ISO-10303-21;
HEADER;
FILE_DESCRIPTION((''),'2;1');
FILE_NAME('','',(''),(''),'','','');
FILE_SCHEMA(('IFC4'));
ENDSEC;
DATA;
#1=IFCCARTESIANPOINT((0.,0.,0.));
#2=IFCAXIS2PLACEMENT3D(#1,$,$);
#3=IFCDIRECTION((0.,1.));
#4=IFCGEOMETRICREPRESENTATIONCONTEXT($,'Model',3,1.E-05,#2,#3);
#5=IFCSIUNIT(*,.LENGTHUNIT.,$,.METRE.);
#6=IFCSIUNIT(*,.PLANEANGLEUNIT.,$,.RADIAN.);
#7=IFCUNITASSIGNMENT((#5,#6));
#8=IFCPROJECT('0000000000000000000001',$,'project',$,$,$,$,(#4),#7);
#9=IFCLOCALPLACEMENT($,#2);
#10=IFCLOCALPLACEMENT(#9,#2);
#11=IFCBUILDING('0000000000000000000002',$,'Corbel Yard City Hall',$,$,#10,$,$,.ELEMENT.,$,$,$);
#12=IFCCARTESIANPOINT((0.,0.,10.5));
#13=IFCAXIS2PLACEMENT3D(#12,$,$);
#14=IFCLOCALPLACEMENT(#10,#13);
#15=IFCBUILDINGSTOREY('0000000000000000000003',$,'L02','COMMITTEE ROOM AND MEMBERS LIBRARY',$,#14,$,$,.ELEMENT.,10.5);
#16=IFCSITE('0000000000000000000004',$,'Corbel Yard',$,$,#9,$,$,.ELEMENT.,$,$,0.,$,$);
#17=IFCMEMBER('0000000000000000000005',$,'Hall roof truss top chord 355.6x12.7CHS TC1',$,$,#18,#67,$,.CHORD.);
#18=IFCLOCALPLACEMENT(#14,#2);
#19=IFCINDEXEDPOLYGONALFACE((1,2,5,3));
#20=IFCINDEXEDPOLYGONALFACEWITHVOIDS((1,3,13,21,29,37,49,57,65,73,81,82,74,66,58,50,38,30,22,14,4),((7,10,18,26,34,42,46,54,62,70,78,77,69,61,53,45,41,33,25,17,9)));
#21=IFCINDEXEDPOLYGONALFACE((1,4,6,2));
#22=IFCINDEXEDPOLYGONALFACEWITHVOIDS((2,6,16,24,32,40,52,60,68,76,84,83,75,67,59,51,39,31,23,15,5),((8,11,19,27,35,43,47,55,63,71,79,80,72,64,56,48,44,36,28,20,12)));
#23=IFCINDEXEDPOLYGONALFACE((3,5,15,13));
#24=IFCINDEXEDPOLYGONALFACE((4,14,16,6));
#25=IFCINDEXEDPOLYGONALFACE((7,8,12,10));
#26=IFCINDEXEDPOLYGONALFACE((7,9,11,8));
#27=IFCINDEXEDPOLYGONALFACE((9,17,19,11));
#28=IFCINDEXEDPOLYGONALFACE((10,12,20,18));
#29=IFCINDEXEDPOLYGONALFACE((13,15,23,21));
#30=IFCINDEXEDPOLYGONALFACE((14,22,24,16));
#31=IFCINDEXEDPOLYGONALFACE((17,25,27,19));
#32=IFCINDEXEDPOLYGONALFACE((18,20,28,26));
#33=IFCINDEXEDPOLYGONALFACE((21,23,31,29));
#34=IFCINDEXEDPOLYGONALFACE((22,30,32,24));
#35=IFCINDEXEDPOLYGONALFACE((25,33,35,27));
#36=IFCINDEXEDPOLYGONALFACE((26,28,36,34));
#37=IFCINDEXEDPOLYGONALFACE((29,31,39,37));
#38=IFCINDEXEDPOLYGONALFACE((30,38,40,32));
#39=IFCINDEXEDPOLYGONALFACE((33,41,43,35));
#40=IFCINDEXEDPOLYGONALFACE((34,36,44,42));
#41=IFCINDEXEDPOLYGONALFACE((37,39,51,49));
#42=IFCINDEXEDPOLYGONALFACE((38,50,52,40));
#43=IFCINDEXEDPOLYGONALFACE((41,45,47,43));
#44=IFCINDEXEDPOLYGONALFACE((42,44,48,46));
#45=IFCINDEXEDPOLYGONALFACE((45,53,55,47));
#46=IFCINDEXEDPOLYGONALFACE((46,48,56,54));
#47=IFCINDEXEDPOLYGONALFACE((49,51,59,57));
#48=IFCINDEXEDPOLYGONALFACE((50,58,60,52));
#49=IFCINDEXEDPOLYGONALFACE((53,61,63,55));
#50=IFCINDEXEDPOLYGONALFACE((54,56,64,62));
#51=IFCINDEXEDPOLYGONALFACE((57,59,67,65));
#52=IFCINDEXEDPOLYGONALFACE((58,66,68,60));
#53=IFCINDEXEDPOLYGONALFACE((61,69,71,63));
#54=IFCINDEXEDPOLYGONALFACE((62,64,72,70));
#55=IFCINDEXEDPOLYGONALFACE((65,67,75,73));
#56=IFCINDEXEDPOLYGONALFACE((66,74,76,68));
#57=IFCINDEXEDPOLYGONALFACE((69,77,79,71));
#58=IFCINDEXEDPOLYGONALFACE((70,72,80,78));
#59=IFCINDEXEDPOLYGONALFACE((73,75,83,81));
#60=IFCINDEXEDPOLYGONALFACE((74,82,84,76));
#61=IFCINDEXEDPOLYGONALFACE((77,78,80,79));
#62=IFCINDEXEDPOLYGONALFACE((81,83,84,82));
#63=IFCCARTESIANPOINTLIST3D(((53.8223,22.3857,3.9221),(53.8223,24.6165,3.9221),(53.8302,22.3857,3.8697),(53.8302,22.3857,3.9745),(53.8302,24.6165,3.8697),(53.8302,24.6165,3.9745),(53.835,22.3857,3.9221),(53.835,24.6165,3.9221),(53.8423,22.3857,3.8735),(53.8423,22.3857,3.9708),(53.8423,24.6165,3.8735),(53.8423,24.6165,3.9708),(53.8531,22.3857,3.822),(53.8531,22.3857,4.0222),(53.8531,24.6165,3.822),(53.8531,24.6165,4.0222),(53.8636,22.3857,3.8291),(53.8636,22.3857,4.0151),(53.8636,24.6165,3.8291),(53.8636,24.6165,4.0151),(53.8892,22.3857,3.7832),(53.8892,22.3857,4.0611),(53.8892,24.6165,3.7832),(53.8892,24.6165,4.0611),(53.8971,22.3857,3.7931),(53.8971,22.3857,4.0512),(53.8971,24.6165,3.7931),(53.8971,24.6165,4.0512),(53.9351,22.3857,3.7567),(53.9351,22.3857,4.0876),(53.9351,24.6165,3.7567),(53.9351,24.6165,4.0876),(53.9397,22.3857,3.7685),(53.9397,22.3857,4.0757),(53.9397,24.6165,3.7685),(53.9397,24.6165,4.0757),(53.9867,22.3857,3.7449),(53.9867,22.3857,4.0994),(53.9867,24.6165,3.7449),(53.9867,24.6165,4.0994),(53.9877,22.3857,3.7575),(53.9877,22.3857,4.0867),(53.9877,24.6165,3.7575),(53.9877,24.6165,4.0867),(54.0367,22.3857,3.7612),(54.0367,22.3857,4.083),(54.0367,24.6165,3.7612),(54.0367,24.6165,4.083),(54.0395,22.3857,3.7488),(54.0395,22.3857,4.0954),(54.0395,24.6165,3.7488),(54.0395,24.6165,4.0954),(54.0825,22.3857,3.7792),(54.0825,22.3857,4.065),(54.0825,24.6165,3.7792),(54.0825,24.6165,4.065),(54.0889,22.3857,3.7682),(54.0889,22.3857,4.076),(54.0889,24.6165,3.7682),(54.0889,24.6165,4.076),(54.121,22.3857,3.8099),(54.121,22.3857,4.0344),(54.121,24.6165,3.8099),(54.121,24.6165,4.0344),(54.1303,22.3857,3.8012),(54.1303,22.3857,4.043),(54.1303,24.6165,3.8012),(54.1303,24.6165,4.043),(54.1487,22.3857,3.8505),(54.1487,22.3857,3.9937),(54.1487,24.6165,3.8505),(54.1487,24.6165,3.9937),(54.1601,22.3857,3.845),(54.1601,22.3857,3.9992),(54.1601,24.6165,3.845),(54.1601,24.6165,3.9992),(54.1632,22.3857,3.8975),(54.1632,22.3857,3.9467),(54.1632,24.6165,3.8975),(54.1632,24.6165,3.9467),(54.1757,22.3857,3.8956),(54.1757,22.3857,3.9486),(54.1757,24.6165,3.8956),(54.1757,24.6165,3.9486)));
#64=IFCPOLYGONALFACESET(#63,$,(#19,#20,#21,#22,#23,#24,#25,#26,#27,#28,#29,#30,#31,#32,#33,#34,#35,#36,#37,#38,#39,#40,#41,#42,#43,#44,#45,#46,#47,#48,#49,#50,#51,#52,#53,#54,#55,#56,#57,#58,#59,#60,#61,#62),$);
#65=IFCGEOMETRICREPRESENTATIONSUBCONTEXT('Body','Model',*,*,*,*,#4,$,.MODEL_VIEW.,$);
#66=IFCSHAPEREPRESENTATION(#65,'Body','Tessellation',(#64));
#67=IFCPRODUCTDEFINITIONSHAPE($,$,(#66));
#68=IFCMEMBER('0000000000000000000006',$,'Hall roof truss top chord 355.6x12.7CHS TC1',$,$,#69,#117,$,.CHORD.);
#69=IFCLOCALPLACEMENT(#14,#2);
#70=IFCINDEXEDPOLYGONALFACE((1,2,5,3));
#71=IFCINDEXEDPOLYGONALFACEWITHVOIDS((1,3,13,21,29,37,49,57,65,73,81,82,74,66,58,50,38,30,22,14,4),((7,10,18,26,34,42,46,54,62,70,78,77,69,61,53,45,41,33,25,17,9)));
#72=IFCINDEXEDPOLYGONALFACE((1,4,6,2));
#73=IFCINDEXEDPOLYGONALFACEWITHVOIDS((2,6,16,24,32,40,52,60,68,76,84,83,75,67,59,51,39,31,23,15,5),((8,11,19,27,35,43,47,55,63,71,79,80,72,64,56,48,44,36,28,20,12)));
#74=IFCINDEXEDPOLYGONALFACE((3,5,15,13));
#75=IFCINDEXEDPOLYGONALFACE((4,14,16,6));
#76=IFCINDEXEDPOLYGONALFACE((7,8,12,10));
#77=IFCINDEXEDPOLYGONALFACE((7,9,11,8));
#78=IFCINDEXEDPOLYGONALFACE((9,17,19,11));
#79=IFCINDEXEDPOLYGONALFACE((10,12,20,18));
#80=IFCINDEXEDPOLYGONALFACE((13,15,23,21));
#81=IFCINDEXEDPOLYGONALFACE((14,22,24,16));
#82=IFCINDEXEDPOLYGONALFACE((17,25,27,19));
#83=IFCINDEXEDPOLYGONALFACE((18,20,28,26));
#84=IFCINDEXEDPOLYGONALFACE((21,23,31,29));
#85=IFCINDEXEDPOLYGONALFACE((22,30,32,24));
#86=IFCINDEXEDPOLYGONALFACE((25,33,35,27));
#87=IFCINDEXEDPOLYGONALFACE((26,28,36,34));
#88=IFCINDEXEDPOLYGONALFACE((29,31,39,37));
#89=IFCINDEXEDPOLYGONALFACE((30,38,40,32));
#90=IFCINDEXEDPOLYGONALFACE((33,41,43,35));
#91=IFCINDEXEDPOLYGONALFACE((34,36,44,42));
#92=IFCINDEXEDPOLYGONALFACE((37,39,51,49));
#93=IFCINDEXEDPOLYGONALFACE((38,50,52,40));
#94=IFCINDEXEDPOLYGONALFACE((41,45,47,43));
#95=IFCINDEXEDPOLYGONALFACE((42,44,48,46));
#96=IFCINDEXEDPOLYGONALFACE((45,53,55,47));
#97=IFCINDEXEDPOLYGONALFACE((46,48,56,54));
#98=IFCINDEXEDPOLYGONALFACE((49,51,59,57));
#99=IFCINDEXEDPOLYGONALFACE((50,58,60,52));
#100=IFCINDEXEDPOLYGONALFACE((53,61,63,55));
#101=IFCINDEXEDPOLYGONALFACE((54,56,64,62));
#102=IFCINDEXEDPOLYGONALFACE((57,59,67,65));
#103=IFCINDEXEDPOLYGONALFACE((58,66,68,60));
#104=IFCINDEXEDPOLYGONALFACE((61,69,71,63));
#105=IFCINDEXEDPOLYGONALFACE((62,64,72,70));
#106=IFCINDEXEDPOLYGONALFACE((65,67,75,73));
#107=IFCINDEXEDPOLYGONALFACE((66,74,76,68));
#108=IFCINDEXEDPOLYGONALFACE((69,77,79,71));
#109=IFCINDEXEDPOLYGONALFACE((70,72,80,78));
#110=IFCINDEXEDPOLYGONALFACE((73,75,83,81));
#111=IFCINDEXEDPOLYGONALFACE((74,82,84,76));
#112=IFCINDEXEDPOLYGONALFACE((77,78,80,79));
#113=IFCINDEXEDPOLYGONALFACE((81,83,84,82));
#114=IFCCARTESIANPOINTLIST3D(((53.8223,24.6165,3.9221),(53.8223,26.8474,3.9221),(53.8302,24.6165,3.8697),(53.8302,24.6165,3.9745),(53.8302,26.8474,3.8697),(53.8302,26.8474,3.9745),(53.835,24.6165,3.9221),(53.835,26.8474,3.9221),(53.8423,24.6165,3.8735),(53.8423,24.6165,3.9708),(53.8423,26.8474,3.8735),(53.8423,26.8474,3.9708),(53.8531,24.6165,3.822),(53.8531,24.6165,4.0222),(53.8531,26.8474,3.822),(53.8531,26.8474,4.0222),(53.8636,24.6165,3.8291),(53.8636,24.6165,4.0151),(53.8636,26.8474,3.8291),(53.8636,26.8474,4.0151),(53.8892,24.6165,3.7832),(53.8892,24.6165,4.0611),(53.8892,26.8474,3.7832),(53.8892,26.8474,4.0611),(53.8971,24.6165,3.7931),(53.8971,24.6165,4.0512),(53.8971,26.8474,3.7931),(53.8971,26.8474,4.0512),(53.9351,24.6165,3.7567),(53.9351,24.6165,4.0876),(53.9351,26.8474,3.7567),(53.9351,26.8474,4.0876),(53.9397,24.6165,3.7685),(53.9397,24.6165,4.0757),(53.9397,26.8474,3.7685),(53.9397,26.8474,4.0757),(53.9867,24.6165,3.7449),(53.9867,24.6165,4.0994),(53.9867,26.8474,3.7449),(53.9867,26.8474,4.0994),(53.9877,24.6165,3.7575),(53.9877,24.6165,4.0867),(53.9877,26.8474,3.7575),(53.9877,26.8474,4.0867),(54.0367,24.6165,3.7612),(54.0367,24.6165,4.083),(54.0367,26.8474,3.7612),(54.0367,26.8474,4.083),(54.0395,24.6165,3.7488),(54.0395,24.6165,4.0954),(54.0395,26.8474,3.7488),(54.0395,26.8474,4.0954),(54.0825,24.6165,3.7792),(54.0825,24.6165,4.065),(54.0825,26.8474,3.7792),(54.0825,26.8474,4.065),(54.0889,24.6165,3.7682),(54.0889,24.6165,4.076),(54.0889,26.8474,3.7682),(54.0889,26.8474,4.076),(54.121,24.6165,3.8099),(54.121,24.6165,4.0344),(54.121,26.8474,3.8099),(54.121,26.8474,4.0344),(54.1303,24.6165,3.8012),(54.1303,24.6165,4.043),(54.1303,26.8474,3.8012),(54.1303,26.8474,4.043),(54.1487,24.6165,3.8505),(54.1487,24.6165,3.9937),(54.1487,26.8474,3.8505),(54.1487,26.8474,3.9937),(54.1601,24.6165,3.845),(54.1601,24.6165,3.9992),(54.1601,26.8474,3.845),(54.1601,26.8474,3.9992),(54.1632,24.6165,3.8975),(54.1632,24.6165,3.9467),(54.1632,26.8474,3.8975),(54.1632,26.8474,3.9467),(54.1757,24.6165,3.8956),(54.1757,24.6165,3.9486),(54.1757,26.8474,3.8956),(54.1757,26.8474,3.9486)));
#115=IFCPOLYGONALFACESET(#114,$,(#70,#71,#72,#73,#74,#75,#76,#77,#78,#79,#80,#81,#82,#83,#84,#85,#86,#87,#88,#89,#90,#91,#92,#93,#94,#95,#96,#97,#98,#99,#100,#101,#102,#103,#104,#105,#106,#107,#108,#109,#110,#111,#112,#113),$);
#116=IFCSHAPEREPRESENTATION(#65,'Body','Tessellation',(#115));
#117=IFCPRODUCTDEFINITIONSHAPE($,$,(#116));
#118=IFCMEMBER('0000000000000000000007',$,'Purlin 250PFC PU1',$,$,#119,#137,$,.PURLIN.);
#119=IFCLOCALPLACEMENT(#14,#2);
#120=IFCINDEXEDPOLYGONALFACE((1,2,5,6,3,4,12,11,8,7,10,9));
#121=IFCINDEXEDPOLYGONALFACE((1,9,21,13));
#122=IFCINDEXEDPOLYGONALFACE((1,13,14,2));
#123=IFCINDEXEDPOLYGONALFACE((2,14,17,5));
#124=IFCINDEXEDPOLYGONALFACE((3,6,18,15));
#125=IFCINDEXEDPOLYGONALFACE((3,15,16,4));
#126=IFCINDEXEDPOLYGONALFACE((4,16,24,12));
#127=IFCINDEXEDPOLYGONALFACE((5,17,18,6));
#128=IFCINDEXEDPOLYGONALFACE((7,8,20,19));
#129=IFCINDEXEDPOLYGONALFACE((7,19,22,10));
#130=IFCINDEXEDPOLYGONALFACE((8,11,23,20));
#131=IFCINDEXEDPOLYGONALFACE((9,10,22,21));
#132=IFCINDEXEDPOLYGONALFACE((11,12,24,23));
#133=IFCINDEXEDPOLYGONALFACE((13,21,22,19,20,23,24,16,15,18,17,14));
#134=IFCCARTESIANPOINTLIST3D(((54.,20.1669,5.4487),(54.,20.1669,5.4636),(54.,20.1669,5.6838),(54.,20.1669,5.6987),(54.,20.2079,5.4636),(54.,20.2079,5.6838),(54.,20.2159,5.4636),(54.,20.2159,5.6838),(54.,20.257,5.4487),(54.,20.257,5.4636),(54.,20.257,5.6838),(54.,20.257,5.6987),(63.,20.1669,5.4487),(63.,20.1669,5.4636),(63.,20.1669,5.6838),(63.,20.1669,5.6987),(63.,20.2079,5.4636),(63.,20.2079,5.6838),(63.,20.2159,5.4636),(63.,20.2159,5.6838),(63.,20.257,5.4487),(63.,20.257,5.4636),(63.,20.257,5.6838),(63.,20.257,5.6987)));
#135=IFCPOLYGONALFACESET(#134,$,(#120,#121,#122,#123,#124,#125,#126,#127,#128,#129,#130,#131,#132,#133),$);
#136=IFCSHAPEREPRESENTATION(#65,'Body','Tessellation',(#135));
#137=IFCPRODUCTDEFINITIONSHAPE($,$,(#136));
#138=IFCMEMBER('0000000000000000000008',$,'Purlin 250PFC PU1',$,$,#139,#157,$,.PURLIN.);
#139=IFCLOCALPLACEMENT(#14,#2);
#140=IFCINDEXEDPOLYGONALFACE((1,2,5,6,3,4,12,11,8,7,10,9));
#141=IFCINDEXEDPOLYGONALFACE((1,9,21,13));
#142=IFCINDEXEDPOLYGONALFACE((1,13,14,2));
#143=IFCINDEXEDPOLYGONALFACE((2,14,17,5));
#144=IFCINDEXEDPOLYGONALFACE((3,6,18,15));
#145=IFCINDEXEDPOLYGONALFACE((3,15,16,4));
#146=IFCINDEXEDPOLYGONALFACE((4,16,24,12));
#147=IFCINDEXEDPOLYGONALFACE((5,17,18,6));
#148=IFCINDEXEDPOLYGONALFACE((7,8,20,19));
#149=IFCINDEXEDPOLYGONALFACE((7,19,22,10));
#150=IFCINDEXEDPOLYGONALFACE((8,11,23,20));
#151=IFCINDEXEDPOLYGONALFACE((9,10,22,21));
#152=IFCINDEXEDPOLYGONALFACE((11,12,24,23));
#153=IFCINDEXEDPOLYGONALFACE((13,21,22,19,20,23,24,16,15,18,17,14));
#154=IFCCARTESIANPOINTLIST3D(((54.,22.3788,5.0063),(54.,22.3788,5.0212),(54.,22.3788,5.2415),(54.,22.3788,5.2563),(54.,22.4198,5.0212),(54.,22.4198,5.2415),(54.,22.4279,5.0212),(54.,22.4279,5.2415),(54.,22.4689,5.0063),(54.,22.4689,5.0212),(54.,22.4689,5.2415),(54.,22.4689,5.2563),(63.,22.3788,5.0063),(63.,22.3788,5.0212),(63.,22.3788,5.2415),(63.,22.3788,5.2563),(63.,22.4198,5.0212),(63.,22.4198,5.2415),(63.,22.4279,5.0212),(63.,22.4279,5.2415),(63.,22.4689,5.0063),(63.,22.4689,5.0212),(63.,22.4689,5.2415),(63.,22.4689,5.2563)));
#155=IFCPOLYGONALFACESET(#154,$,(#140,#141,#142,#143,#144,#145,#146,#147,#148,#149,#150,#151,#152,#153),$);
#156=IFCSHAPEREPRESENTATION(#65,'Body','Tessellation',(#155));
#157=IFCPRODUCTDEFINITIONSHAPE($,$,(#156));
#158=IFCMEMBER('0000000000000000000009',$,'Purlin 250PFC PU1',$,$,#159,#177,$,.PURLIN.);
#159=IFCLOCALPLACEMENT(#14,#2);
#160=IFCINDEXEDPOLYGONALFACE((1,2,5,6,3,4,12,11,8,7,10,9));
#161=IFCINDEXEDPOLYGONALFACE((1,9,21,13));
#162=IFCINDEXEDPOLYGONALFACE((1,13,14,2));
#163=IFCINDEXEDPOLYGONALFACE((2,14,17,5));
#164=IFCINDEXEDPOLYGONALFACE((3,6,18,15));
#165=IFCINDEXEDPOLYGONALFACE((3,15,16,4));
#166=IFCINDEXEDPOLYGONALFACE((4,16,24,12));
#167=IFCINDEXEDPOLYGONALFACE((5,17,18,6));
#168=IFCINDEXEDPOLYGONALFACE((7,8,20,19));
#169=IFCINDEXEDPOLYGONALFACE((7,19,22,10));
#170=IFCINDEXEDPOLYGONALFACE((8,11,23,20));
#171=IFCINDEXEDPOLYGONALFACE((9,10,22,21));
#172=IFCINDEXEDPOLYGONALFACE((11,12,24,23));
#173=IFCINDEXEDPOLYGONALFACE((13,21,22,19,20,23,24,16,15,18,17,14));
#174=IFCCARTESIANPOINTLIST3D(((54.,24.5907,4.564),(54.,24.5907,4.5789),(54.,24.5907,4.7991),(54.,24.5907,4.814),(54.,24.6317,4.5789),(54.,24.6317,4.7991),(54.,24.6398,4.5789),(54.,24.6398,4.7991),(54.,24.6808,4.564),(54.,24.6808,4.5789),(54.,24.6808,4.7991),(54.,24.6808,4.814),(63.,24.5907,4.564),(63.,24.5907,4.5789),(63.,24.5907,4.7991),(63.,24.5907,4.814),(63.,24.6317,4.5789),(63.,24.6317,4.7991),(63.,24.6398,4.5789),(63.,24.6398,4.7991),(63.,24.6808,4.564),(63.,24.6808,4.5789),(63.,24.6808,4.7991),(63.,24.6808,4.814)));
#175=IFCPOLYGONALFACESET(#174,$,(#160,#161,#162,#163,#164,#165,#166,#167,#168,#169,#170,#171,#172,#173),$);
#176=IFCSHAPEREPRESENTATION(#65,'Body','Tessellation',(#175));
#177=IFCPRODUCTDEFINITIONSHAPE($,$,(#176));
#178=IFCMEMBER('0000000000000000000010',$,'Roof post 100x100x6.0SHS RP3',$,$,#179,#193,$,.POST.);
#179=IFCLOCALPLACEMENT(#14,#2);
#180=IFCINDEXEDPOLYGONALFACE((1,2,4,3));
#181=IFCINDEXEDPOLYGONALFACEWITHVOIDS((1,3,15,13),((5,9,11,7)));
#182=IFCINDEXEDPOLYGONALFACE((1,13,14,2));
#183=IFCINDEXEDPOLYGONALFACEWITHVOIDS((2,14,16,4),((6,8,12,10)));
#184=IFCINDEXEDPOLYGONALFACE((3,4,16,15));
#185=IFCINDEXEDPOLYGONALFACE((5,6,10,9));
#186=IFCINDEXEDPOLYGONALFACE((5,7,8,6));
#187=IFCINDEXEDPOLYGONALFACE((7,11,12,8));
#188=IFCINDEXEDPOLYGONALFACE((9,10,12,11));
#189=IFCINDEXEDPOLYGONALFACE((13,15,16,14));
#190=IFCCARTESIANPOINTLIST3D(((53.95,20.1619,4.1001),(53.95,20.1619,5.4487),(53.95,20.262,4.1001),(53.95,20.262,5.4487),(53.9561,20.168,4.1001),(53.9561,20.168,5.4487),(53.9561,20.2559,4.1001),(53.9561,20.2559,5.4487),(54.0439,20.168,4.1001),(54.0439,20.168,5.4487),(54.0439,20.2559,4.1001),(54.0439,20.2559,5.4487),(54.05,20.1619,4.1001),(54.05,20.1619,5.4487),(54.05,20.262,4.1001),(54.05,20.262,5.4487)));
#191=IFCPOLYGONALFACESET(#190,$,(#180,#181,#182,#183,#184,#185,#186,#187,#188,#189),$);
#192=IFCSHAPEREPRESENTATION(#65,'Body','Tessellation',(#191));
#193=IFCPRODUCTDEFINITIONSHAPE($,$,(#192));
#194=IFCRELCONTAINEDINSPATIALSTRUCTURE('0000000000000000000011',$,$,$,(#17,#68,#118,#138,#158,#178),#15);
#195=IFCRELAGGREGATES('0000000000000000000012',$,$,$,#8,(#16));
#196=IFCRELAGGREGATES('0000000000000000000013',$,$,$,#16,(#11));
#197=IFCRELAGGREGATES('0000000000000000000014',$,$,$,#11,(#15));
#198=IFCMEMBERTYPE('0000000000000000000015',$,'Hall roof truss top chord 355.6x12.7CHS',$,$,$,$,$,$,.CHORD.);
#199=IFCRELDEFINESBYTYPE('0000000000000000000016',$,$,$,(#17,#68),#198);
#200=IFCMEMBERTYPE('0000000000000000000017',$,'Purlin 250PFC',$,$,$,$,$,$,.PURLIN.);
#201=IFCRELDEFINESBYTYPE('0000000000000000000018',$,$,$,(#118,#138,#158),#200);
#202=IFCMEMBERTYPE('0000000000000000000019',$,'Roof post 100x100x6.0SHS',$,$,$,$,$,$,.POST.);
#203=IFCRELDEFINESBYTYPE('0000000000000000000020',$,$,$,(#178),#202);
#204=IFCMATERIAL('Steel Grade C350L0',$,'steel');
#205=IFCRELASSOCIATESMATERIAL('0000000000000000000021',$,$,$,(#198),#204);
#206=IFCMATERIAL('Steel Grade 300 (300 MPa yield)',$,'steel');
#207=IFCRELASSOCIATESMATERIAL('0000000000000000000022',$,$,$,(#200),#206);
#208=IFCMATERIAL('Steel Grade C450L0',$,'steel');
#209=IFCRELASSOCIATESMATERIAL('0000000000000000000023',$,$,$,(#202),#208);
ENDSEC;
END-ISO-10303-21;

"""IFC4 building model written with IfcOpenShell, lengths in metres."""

from ifc_helpers import new_model, si_unit, direction, frame, origin, origin_2d, place, context, subcontext, project, spatial, hollow_rectangle, hollow_circle, i_section, extrude, material, material_profile, profile_set, type_object, element, save


model = new_model("IFC4")

# Units and contexts
model_context = context("Model", 3, precision=1e-05, world=origin(), true_north=direction((0.0, 1.0)))
body_context = subcontext(model_context, "Body", "Model", "MODEL_VIEW")
ifc_project = project(units=[si_unit("LENGTHUNIT", "METRE"), si_unit("PLANEANGLEUNIT", "RADIAN")], contexts=[model_context])

# Site, building, storey
site_placement = place(None, origin())
site = spatial("IfcSite", under=ifc_project, at=site_placement, Name="Corbel Yard", CompositionType="ELEMENT", RefElevation=0.0)
building_placement = place(site_placement, origin())
building = spatial("IfcBuilding", under=site, at=building_placement, Name="Corbel Yard City Hall", CompositionType="ELEMENT")
storey_placement = place(building_placement, frame((0.0, 0.0, 10.5)))
storey = spatial("IfcBuildingStorey", under=building, at=storey_placement, Name="L02", Description="COMMITTEE ROOM AND MEMBERS LIBRARY", CompositionType="ELEMENT", Elevation=10.5)

# Members
ifc_material_1 = material(Name="Steel Grade C350L0", Category="steel")
ifc_material_profile_1 = material_profile(ifc_material_1, hollow_circle(Radius=0.1777, WallThickness=0.0127, at=origin_2d()), Name="355.6x12.7CHS")
ifc_profile_set_1 = profile_set([ifc_material_profile_1], Name="Steel Grade C350L0")
member_type_1 = type_object("IfcMemberType", Name="Hall roof truss top chord 355.6x12.7CHS", PredefinedType="CHORD", material=ifc_profile_set_1)
member_1_placement = place(storey_placement, frame((54.0, 22.3857, 3.9221), z_axis=(0.0, 1.0, 0.0), x_axis=(-1.0, 0.0, 0.0)))
element("IfcMember", 1, at=member_1_placement, inside=storey, type_object=member_type_1, Name="Hall roof truss top chord 355.6x12.7CHS TC1", PredefinedType="CHORD", context=body_context, shape_type="SweptSolid", body=[
    extrude(hollow_circle(Radius=0.1777, WallThickness=0.0127, at=origin_2d()), origin(), (0.0, 0.0, 1.0), 2.2307),
])
member_2_placement = place(storey_placement, frame((54.0, 24.6165, 3.9221), z_axis=(0.0, 1.0, 0.0), x_axis=(-1.0, 0.0, 0.0)))
element("IfcMember", 2, at=member_2_placement, inside=storey, type_object=member_type_1, Name="Hall roof truss top chord 355.6x12.7CHS TC1", PredefinedType="CHORD", context=body_context, shape_type="SweptSolid", body=[
    extrude(hollow_circle(Radius=0.1777, WallThickness=0.0127, at=origin_2d()), origin(), (0.0, 0.0, 1.0), 2.231),
])
ifc_material_2 = material(Name="Steel Grade 300 (300 MPa yield)", Category="steel")
ifc_material_profile_2 = material_profile(ifc_material_2, i_section(OverallWidth=0.0901, OverallDepth=0.25, WebThickness=0.0081, FlangeThickness=0.0149, at=origin_2d()), Name="250PFC")
ifc_profile_set_2 = profile_set([ifc_material_profile_2], Name="Steel Grade 300 (300 MPa yield)")
member_type_2 = type_object("IfcMemberType", Name="Purlin 250PFC", PredefinedType="PURLIN", material=ifc_profile_set_2)
for number, where, z_axis, x_axis, name in (
    (3, (54.0, 20.2119, 5.5737), (1.0, 0.0, 0.0), (0.0, 1.0, 0.0), "Purlin 250PFC PU1"),
    (4, (54.0, 22.4238, 5.1313), (1.0, 0.0, 0.0), (0.0, 1.0, 0.0), "Purlin 250PFC PU1"),
    (5, (54.0, 24.6357, 4.689), (1.0, 0.0, 0.0), (0.0, 1.0, 0.0), "Purlin 250PFC PU1"),
):
    element("IfcMember", number, at=place(storey_placement, frame(where, z_axis=z_axis, x_axis=x_axis)), inside=storey, type_object=member_type_2, Name=name, PredefinedType="PURLIN", context=body_context, shape_type="SweptSolid", body=[
        extrude(i_section(OverallWidth=0.0901, OverallDepth=0.25, WebThickness=0.0081, FlangeThickness=0.0149, at=origin_2d()), origin(), (0.0, 0.0, 1.0), 9.0),
    ])
ifc_material_3 = material(Name="Steel Grade C450L0", Category="steel")
ifc_material_profile_3 = material_profile(ifc_material_3, hollow_rectangle(XDim=0.1001, YDim=0.1001, WallThickness=0.0061, at=origin_2d()), Name="100x100x6.0SHS")
ifc_profile_set_3 = profile_set([ifc_material_profile_3], Name="Steel Grade C450L0")
member_type_3 = type_object("IfcMemberType", Name="Roof post 100x100x6.0SHS", PredefinedType="POST", material=ifc_profile_set_3)
member_3_placement = place(storey_placement, frame((54.0, 20.2119, 4.1001), z_axis=(0.0, 0.0, 1.0), x_axis=(1.0, 0.0, 0.0)))
element("IfcMember", 6, at=member_3_placement, inside=storey, type_object=member_type_3, Name="Roof post 100x100x6.0SHS RP3", PredefinedType="POST", context=body_context, shape_type="SweptSolid", body=[
    extrude(hollow_rectangle(XDim=0.1001, YDim=0.1001, WallThickness=0.0061, at=origin_2d()), origin(), (0.0, 0.0, 1.0), 1.3486),
])

save(model, "model.ifc")
